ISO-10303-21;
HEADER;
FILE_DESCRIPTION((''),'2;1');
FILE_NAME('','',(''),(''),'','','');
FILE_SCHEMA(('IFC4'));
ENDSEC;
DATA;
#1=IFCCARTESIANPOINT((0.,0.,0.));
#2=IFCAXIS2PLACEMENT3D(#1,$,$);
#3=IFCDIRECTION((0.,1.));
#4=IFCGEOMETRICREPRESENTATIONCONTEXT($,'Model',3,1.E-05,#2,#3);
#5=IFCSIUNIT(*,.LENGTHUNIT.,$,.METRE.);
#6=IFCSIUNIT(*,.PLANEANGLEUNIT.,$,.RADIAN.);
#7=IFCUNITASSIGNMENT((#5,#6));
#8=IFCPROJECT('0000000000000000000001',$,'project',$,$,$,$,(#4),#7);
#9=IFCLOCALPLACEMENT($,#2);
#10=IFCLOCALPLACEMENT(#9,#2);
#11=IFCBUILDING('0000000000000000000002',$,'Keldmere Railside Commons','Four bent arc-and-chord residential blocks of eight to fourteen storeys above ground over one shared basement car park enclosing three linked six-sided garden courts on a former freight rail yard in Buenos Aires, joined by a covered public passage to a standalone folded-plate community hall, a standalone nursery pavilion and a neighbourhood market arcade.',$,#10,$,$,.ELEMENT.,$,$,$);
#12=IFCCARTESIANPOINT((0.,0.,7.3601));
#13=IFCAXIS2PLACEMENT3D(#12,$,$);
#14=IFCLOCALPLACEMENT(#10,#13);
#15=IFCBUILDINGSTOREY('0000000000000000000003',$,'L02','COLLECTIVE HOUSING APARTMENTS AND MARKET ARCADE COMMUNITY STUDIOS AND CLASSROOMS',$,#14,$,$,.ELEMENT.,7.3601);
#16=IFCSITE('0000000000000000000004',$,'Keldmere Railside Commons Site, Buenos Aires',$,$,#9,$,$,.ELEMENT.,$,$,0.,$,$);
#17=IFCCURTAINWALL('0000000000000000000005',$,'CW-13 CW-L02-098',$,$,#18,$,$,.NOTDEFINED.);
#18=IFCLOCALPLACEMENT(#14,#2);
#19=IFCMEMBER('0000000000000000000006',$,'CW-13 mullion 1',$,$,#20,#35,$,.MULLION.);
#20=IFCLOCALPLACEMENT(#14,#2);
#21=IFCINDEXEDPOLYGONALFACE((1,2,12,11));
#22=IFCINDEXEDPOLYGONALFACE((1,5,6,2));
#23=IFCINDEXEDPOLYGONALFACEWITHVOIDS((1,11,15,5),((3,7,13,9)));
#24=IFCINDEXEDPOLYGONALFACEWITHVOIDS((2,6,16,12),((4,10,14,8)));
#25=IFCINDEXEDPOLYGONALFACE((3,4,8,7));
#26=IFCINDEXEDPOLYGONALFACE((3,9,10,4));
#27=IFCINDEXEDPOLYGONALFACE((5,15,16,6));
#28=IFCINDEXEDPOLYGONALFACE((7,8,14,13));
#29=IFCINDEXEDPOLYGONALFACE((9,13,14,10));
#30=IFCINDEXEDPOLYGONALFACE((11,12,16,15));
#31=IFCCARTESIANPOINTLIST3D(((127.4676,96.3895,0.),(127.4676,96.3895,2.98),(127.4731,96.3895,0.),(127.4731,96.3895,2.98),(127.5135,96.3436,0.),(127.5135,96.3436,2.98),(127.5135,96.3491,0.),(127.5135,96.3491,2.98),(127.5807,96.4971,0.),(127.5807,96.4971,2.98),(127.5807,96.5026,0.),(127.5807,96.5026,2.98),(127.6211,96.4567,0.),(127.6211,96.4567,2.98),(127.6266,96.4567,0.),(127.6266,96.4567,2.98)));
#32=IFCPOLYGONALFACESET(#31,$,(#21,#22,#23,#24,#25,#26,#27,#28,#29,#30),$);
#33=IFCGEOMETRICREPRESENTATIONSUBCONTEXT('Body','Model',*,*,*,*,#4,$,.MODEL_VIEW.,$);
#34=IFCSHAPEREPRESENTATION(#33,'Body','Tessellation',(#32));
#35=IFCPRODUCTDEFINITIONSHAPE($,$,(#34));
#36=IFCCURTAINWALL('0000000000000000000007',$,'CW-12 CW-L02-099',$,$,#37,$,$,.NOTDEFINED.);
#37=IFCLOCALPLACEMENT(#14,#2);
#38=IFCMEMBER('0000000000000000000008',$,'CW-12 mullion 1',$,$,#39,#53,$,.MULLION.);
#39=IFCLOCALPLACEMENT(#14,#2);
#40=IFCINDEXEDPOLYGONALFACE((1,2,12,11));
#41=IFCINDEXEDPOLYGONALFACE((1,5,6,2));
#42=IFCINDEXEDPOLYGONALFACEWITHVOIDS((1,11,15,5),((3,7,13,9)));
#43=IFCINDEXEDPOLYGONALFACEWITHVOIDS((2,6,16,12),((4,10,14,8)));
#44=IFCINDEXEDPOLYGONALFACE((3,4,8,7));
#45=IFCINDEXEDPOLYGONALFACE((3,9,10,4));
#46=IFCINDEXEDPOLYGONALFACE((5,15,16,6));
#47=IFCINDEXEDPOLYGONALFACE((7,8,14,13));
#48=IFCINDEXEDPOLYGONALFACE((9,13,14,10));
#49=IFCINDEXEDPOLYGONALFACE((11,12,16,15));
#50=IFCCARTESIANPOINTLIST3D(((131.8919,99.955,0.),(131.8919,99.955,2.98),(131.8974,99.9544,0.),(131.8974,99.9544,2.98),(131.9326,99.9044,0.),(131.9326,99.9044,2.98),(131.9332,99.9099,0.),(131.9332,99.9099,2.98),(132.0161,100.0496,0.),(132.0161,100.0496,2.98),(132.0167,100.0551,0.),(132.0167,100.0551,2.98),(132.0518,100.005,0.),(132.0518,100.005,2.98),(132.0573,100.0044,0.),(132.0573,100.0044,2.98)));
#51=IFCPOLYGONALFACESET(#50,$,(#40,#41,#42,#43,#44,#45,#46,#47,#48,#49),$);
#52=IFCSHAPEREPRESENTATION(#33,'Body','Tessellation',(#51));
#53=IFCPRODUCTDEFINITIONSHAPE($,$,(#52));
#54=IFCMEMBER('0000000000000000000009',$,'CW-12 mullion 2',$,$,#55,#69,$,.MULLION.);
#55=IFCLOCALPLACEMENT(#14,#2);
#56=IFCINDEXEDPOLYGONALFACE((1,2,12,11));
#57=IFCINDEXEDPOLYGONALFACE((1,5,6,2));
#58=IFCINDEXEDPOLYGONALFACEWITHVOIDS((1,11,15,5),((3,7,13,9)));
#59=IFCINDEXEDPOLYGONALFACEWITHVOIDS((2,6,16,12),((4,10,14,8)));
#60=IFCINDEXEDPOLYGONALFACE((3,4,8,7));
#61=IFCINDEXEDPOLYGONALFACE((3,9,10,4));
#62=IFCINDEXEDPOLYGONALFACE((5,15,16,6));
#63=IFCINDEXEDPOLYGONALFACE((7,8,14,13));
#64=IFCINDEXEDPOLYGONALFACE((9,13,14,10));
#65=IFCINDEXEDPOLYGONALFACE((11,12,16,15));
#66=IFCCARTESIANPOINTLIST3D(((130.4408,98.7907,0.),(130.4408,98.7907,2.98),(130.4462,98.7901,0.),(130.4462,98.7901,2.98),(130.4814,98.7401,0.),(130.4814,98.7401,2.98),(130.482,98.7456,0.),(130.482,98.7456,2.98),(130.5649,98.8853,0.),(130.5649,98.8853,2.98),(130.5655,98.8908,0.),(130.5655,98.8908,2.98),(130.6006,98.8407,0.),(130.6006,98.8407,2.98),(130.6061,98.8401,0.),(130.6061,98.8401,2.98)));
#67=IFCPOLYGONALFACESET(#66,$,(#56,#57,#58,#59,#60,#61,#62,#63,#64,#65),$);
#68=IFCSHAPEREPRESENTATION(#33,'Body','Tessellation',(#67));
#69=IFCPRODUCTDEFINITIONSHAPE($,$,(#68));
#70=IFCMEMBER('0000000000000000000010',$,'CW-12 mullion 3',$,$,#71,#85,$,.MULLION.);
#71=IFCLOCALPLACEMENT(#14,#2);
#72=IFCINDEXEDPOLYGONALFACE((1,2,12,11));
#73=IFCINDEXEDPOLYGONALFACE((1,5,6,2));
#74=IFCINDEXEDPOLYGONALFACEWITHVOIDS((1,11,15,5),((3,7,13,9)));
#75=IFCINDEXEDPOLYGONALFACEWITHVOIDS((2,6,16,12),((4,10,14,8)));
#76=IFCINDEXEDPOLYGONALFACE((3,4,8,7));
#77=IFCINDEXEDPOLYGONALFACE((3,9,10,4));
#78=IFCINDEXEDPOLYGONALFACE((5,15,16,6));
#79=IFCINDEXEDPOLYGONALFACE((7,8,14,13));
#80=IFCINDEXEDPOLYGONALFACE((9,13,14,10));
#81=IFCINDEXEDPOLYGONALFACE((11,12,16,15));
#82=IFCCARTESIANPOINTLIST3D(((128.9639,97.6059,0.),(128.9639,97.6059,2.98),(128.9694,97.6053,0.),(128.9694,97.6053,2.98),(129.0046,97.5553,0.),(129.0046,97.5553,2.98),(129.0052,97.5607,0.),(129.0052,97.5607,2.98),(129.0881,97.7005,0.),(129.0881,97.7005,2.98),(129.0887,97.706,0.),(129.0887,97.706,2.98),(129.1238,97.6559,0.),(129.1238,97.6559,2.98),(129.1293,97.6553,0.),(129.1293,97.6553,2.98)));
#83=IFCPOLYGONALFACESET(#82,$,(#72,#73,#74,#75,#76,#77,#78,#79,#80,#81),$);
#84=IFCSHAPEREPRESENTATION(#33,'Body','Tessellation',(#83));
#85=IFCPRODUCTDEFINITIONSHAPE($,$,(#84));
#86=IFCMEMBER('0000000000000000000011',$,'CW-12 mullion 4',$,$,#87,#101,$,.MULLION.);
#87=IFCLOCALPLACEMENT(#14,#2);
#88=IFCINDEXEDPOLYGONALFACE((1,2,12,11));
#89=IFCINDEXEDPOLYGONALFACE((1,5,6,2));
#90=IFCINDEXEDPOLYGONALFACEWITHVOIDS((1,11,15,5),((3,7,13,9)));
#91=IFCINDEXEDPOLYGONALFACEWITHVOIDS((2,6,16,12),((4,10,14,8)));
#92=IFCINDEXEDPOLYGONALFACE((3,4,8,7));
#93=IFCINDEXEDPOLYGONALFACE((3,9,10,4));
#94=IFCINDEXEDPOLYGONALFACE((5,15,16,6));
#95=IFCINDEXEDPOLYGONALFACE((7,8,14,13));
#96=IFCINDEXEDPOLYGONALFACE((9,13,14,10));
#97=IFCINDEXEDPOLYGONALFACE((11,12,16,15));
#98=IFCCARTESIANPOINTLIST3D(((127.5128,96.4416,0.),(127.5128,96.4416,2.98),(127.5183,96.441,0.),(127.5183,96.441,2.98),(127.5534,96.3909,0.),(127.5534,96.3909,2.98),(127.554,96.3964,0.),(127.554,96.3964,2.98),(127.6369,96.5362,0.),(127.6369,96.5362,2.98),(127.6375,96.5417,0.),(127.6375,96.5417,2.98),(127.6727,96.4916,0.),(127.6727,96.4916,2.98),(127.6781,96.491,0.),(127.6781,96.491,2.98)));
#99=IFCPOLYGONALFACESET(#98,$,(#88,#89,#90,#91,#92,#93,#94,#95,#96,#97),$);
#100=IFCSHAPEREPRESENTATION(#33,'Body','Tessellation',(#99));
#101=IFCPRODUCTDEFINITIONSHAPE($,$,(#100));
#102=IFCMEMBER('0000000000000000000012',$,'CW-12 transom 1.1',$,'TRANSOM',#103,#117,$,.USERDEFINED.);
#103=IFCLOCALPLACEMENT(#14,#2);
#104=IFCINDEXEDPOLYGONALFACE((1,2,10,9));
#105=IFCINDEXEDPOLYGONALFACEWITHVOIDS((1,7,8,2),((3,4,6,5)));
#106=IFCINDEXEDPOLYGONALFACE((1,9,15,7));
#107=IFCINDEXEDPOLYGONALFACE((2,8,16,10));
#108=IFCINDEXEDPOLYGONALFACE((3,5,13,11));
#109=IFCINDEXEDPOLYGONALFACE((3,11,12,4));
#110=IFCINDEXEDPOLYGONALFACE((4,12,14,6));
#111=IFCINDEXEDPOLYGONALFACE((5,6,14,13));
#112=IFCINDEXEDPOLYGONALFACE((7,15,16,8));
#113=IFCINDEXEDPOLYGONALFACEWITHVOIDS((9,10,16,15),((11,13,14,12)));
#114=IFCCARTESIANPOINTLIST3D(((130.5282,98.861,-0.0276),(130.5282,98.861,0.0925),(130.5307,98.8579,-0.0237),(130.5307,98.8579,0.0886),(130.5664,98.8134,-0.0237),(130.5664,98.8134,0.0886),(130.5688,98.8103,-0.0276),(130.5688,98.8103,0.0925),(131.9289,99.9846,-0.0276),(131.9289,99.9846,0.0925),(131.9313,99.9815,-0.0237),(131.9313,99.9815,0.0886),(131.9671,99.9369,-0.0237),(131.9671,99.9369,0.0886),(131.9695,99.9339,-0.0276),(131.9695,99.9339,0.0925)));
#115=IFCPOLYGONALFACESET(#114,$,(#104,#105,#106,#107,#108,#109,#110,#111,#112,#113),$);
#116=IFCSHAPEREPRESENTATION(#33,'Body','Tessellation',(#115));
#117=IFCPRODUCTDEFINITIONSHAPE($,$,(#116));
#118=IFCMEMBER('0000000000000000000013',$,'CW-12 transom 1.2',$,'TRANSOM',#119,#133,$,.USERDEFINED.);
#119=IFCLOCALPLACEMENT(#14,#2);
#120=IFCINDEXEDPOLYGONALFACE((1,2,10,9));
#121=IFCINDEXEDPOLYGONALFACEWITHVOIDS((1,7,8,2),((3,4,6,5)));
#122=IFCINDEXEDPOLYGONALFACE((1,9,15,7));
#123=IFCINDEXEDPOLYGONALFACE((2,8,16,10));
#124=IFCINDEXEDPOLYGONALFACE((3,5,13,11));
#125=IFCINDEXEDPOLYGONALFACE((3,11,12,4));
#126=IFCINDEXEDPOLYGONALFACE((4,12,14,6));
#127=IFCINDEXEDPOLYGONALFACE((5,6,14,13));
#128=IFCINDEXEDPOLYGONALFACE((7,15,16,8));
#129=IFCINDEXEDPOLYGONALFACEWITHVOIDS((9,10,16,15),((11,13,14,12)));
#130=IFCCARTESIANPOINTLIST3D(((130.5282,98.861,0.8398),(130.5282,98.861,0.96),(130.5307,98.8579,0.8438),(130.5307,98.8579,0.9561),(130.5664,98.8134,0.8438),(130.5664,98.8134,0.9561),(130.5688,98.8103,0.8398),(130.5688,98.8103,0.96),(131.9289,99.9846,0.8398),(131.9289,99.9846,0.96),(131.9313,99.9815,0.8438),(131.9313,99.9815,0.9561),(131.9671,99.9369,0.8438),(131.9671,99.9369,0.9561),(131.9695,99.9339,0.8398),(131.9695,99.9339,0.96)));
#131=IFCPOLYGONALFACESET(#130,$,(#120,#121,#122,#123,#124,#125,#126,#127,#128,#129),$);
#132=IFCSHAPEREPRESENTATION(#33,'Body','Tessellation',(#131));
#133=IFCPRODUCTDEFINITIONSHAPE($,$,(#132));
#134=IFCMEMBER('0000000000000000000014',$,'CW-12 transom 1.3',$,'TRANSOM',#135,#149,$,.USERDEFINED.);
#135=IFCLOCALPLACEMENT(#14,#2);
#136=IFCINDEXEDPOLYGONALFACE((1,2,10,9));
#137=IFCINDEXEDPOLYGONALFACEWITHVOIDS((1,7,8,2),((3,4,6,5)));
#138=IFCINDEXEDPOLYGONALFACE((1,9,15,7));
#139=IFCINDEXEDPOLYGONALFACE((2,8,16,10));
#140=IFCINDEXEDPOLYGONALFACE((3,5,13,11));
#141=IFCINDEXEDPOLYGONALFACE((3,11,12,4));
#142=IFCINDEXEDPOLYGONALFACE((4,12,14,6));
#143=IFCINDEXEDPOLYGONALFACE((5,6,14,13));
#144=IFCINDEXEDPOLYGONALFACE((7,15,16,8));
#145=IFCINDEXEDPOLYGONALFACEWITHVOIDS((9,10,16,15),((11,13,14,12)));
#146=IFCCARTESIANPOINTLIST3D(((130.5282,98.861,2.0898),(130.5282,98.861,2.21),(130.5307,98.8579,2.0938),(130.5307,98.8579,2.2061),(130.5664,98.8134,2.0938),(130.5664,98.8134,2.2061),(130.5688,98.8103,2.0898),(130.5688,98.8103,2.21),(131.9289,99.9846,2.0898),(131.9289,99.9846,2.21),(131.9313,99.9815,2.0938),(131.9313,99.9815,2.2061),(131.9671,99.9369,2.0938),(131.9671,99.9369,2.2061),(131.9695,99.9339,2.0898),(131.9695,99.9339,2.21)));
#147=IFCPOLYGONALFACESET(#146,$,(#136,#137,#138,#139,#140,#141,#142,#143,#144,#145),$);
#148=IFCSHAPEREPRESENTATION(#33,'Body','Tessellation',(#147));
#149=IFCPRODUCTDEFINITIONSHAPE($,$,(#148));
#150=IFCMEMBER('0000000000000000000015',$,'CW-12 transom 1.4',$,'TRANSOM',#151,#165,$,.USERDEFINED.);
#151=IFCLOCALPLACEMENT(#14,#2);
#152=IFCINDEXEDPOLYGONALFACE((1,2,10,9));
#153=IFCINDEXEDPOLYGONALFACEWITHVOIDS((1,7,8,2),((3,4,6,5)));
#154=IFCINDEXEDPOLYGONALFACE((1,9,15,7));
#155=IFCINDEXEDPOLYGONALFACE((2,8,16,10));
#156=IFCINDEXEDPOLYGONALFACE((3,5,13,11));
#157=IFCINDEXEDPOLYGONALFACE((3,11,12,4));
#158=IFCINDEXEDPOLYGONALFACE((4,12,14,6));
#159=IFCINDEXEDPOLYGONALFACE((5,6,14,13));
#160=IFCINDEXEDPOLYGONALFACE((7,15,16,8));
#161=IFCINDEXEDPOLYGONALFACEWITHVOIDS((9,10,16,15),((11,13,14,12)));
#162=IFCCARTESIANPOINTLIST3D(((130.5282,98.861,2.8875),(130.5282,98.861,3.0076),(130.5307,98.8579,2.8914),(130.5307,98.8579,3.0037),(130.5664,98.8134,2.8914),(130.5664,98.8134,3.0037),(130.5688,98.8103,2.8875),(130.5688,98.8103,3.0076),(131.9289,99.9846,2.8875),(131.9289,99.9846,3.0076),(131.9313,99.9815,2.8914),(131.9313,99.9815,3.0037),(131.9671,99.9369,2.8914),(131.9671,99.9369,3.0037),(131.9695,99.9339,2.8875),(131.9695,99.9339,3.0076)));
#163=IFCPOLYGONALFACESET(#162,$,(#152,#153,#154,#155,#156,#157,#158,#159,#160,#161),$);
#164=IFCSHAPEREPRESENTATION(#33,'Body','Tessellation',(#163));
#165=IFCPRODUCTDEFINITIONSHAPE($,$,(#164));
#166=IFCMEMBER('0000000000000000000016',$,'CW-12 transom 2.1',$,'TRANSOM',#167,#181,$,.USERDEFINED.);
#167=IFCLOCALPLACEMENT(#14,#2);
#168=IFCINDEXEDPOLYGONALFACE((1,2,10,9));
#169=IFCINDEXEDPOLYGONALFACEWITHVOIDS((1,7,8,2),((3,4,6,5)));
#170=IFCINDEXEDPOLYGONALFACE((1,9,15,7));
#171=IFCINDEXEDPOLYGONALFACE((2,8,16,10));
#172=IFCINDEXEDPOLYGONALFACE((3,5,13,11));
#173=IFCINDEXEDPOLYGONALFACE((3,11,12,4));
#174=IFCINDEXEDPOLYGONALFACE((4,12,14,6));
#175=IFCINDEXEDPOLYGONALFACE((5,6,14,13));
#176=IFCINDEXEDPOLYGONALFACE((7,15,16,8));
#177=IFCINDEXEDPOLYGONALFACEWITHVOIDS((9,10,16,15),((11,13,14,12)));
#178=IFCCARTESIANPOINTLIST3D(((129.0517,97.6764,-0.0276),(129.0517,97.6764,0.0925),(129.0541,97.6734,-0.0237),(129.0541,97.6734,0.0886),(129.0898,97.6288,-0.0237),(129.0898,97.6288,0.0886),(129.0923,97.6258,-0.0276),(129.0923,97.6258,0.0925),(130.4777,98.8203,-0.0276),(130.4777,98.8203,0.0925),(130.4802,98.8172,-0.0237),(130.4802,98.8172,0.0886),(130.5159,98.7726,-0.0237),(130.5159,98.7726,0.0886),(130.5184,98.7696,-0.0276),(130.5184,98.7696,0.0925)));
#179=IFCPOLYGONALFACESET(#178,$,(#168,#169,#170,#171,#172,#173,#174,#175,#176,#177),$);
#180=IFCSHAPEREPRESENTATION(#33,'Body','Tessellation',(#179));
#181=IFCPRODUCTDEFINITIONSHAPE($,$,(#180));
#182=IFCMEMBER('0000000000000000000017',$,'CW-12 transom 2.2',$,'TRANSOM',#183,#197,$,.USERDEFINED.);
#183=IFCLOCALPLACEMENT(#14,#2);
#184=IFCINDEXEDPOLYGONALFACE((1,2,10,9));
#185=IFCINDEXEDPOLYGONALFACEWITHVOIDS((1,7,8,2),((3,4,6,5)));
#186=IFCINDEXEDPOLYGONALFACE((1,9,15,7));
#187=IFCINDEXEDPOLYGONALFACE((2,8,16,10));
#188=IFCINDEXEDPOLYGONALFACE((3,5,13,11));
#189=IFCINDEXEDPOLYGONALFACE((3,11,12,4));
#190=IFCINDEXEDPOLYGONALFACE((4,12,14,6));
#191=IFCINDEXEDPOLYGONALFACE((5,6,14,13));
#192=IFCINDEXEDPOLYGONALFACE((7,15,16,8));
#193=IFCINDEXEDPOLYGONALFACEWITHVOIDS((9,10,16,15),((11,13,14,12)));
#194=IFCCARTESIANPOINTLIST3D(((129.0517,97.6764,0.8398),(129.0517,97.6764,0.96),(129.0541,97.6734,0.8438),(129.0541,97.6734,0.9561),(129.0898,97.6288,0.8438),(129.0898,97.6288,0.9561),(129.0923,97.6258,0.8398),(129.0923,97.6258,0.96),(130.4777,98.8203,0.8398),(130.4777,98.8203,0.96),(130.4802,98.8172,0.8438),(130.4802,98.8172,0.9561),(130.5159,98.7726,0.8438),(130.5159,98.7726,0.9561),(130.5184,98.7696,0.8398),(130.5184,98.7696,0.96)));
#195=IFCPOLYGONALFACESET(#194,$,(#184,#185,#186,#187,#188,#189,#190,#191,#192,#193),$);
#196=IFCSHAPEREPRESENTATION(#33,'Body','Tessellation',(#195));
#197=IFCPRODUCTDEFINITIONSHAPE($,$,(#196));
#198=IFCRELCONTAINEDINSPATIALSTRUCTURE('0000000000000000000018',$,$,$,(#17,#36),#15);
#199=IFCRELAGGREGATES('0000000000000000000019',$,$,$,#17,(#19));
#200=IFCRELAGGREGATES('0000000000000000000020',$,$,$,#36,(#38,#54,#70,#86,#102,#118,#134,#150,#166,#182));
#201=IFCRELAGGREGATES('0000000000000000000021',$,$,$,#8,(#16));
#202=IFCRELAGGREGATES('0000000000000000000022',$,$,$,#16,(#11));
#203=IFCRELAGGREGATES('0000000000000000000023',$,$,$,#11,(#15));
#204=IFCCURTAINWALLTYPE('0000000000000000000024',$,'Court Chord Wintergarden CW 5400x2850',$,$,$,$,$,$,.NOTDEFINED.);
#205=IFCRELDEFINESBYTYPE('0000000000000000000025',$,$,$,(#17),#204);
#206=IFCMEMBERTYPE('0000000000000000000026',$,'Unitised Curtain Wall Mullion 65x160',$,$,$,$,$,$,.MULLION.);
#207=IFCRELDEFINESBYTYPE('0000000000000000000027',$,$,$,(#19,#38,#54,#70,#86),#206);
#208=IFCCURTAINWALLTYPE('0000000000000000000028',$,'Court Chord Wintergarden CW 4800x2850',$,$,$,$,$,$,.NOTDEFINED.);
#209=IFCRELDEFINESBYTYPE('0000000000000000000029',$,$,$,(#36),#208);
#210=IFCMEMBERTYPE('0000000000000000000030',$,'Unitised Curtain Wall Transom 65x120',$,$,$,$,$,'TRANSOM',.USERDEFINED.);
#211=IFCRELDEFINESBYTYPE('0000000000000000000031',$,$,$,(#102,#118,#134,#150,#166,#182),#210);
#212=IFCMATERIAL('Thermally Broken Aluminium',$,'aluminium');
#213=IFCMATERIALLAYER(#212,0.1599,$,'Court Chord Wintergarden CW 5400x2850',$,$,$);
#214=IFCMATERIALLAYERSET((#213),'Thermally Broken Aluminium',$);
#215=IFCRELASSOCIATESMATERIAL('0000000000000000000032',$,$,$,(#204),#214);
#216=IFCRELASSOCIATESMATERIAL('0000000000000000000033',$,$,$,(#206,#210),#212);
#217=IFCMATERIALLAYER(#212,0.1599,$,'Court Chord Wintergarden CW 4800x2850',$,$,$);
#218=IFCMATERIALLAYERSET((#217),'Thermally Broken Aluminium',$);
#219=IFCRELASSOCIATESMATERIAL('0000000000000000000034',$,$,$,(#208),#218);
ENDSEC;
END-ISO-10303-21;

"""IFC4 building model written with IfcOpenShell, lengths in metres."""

from ifc_helpers import new_model, si_unit, direction, frame, origin, origin_2d, place, context, subcontext, project, spatial, hollow_rectangle, extrude, material, layer, layer_set, material_profile, profile_set, type_object, element, aggregate, save


model = new_model("IFC4")

# Units and contexts
model_context = context("Model", 3, precision=1e-05, world=origin(), true_north=direction((0.0, 1.0)))
body_context = subcontext(model_context, "Body", "Model", "MODEL_VIEW")
ifc_project = project(units=[si_unit("LENGTHUNIT", "METRE"), si_unit("PLANEANGLEUNIT", "RADIAN")], contexts=[model_context])

# Site, building, storey
site_placement = place(None, origin())
site = spatial("IfcSite", under=ifc_project, at=site_placement, Name="Keldmere Railside Commons Site, Buenos Aires", CompositionType="ELEMENT", RefElevation=0.0)
building_placement = place(site_placement, origin())
building = spatial("IfcBuilding", under=site, at=building_placement, Name="Keldmere Railside Commons", Description="Four bent arc-and-chord residential blocks of eight to fourteen storeys above ground over one shared basement car park enclosing three linked six-sided garden courts on a former freight rail yard in Buenos Aires, joined by a covered public passage to a standalone folded-plate community hall, a standalone nursery pavilion and a neighbourhood market arcade.", CompositionType="ELEMENT")
storey_placement = place(building_placement, frame((0.0, 0.0, 7.3601)))
storey = spatial("IfcBuildingStorey", under=building, at=storey_placement, Name="L02", Description="COLLECTIVE HOUSING APARTMENTS AND MARKET ARCADE COMMUNITY STUDIOS AND CLASSROOMS", CompositionType="ELEMENT", Elevation=7.3601)

# Curtain wall, member
ifc_material_1 = material(Name="Thermally Broken Aluminium", Category="aluminium")
ifc_layer_1 = layer(ifc_material_1, 0.1599, Name="Court Chord Wintergarden CW 5400x2850")
ifc_layer_set_1 = layer_set([ifc_layer_1], Name="Thermally Broken Aluminium")
curtain_wall_type_1 = type_object("IfcCurtainWallType", Name="Court Chord Wintergarden CW 5400x2850", PredefinedType="NOTDEFINED", material=ifc_layer_set_1)
curtain_wall_1_placement = place(storey_placement, origin())
curtain_wall_1 = element("IfcCurtainWall", 1, at=curtain_wall_1_placement, inside=storey, type_object=curtain_wall_type_1, Name="CW-13 CW-L02-098", PredefinedType="NOTDEFINED")
ifc_material_profile_1 = material_profile(ifc_material_1, hollow_rectangle(XDim=0.0649, YDim=0.1599, WallThickness=0.0039, at=origin_2d()), Name="ALU-MULL-65x160")
ifc_profile_set_1 = profile_set([ifc_material_profile_1], Name="Thermally Broken Aluminium")
member_type_1 = type_object("IfcMemberType", Name="Unitised Curtain Wall Mullion 65x160", PredefinedType="MULLION", material=ifc_profile_set_1)
member_1_placement = place(storey_placement, frame((127.5471, 96.4231, 0.0), z_axis=(0.0, 0.0, 1.0), x_axis=(0.707107, -0.707107, 0.0)))
member_1 = element("IfcMember", 2, at=member_1_placement, type_object=member_type_1, Name="CW-13 mullion 1", PredefinedType="MULLION", context=body_context, shape_type="SweptSolid", body=[
    extrude(hollow_rectangle(XDim=0.0649, YDim=0.1599, WallThickness=0.0039, at=origin_2d()), origin(), (0.0, 0.0, 1.0), 2.98),
])
aggregate(curtain_wall_1, [member_1])

# Curtain wall, members
ifc_layer_2 = layer(ifc_material_1, 0.1599, Name="Court Chord Wintergarden CW 4800x2850")
ifc_layer_set_2 = layer_set([ifc_layer_2], Name="Thermally Broken Aluminium")
curtain_wall_type_2 = type_object("IfcCurtainWallType", Name="Court Chord Wintergarden CW 4800x2850", PredefinedType="NOTDEFINED", material=ifc_layer_set_2)
curtain_wall_2_placement = place(storey_placement, origin())
curtain_wall_2 = element("IfcCurtainWall", 3, at=curtain_wall_2_placement, inside=storey, type_object=curtain_wall_type_2, Name="CW-12 CW-L02-099", PredefinedType="NOTDEFINED")
member_2_placement = place(storey_placement, frame((131.9746, 99.9797, 0.0), z_axis=(0.0, 0.0, 1.0), x_axis=(0.625768, -0.780009, 0.0)))
member_2 = element("IfcMember", 4, at=member_2_placement, type_object=member_type_1, Name="CW-12 mullion 1", PredefinedType="MULLION", context=body_context, shape_type="SweptSolid", body=[
    extrude(hollow_rectangle(XDim=0.0649, YDim=0.1599, WallThickness=0.0039, at=origin_2d()), origin(), (0.0, 0.0, 1.0), 2.98),
])
member_3_placement = place(storey_placement, frame((130.5234, 98.8154, 0.0), z_axis=(0.0, 0.0, 1.0), x_axis=(0.625768, -0.780009, 0.0)))
member_3 = element("IfcMember", 5, at=member_3_placement, type_object=member_type_1, Name="CW-12 mullion 2", PredefinedType="MULLION", context=body_context, shape_type="SweptSolid", body=[
    extrude(hollow_rectangle(XDim=0.0649, YDim=0.1599, WallThickness=0.0039, at=origin_2d()), origin(), (0.0, 0.0, 1.0), 2.98),
])
member_4_placement = place(storey_placement, frame((129.0466, 97.6306, 0.0), z_axis=(0.0, 0.0, 1.0), x_axis=(0.625768, -0.780009, 0.0)))
member_4 = element("IfcMember", 6, at=member_4_placement, type_object=member_type_1, Name="CW-12 mullion 3", PredefinedType="MULLION", context=body_context, shape_type="SweptSolid", body=[
    extrude(hollow_rectangle(XDim=0.0649, YDim=0.1599, WallThickness=0.0039, at=origin_2d()), origin(), (0.0, 0.0, 1.0), 2.98),
])
member_5_placement = place(storey_placement, frame((127.5955, 96.4663, 0.0), z_axis=(0.0, 0.0, 1.0), x_axis=(0.625768, -0.780009, 0.0)))
member_5 = element("IfcMember", 7, at=member_5_placement, type_object=member_type_1, Name="CW-12 mullion 4", PredefinedType="MULLION", context=body_context, shape_type="SweptSolid", body=[
    extrude(hollow_rectangle(XDim=0.0649, YDim=0.1599, WallThickness=0.0039, at=origin_2d()), origin(), (0.0, 0.0, 1.0), 2.98),
])
ifc_material_profile_2 = material_profile(ifc_material_1, hollow_rectangle(XDim=0.0649, YDim=0.1201, WallThickness=0.0039, at=origin_2d()), Name="ALU-TRAN-65x120")
ifc_profile_set_2 = profile_set([ifc_material_profile_2], Name="Thermally Broken Aluminium")
member_type_2 = type_object("IfcMemberType", Name="Unitised Curtain Wall Transom 65x120", ElementType="TRANSOM", PredefinedType="USERDEFINED", material=ifc_profile_set_2)
member_6_placement = place(storey_placement, frame((131.9492, 99.9592, 0.0325), z_axis=(-0.780046, -0.625723, 0.0), x_axis=(0.625723, -0.780046, 0.0)))
member_6 = element("IfcMember", 8, at=member_6_placement, type_object=member_type_2, Name="CW-12 transom 1.1", ObjectType="TRANSOM", PredefinedType="USERDEFINED", context=body_context, shape_type="SweptSolid", body=[
    extrude(hollow_rectangle(XDim=0.0649, YDim=0.1201, WallThickness=0.0039, at=origin_2d()), origin(), (0.0, 0.0, 1.0), 1.7957),
])
member_7_placement = place(storey_placement, frame((131.9492, 99.9592, 0.8999), z_axis=(-0.780046, -0.625723, 0.0), x_axis=(0.625723, -0.780046, 0.0)))
member_7 = element("IfcMember", 9, at=member_7_placement, type_object=member_type_2, Name="CW-12 transom 1.2", ObjectType="TRANSOM", PredefinedType="USERDEFINED", context=body_context, shape_type="SweptSolid", body=[
    extrude(hollow_rectangle(XDim=0.0649, YDim=0.1201, WallThickness=0.0039, at=origin_2d()), origin(), (0.0, 0.0, 1.0), 1.7957),
])
member_8_placement = place(storey_placement, frame((131.9492, 99.9592, 2.1499), z_axis=(-0.780046, -0.625723, 0.0), x_axis=(0.625723, -0.780046, 0.0)))
member_8 = element("IfcMember", 10, at=member_8_placement, type_object=member_type_2, Name="CW-12 transom 1.3", ObjectType="TRANSOM", PredefinedType="USERDEFINED", context=body_context, shape_type="SweptSolid", body=[
    extrude(hollow_rectangle(XDim=0.0649, YDim=0.1201, WallThickness=0.0039, at=origin_2d()), origin(), (0.0, 0.0, 1.0), 1.7957),
])
member_9_placement = place(storey_placement, frame((131.9492, 99.9592, 2.9475), z_axis=(-0.780046, -0.625723, 0.0), x_axis=(0.625723, -0.780046, 0.0)))
member_9 = element("IfcMember", 11, at=member_9_placement, type_object=member_type_2, Name="CW-12 transom 1.4", ObjectType="TRANSOM", PredefinedType="USERDEFINED", context=body_context, shape_type="SweptSolid", body=[
    extrude(hollow_rectangle(XDim=0.0649, YDim=0.1201, WallThickness=0.0039, at=origin_2d()), origin(), (0.0, 0.0, 1.0), 1.7957),
])
member_10_placement = place(storey_placement, frame((130.498, 98.7949, 0.0325), z_axis=(-0.780073, -0.625688, 0.0), x_axis=(0.625688, -0.780073, 0.0)))
member_10 = element("IfcMember", 12, at=member_10_placement, type_object=member_type_2, Name="CW-12 transom 2.1", ObjectType="TRANSOM", PredefinedType="USERDEFINED", context=body_context, shape_type="SweptSolid", body=[
    extrude(hollow_rectangle(XDim=0.0649, YDim=0.1201, WallThickness=0.0039, at=origin_2d()), origin(), (0.0, 0.0, 1.0), 1.8281),
])
member_11_placement = place(storey_placement, frame((130.498, 98.7949, 0.8999), z_axis=(-0.780073, -0.625688, 0.0), x_axis=(0.625688, -0.780073, 0.0)))
member_11 = element("IfcMember", 13, at=member_11_placement, type_object=member_type_2, Name="CW-12 transom 2.2", ObjectType="TRANSOM", PredefinedType="USERDEFINED", context=body_context, shape_type="SweptSolid", body=[
    extrude(hollow_rectangle(XDim=0.0649, YDim=0.1201, WallThickness=0.0039, at=origin_2d()), origin(), (0.0, 0.0, 1.0), 1.8281),
])
aggregate(curtain_wall_2, [member_2, member_3, member_4, member_5, member_6, member_7, member_8, member_9, member_10, member_11])

save(model, "model.ifc")
